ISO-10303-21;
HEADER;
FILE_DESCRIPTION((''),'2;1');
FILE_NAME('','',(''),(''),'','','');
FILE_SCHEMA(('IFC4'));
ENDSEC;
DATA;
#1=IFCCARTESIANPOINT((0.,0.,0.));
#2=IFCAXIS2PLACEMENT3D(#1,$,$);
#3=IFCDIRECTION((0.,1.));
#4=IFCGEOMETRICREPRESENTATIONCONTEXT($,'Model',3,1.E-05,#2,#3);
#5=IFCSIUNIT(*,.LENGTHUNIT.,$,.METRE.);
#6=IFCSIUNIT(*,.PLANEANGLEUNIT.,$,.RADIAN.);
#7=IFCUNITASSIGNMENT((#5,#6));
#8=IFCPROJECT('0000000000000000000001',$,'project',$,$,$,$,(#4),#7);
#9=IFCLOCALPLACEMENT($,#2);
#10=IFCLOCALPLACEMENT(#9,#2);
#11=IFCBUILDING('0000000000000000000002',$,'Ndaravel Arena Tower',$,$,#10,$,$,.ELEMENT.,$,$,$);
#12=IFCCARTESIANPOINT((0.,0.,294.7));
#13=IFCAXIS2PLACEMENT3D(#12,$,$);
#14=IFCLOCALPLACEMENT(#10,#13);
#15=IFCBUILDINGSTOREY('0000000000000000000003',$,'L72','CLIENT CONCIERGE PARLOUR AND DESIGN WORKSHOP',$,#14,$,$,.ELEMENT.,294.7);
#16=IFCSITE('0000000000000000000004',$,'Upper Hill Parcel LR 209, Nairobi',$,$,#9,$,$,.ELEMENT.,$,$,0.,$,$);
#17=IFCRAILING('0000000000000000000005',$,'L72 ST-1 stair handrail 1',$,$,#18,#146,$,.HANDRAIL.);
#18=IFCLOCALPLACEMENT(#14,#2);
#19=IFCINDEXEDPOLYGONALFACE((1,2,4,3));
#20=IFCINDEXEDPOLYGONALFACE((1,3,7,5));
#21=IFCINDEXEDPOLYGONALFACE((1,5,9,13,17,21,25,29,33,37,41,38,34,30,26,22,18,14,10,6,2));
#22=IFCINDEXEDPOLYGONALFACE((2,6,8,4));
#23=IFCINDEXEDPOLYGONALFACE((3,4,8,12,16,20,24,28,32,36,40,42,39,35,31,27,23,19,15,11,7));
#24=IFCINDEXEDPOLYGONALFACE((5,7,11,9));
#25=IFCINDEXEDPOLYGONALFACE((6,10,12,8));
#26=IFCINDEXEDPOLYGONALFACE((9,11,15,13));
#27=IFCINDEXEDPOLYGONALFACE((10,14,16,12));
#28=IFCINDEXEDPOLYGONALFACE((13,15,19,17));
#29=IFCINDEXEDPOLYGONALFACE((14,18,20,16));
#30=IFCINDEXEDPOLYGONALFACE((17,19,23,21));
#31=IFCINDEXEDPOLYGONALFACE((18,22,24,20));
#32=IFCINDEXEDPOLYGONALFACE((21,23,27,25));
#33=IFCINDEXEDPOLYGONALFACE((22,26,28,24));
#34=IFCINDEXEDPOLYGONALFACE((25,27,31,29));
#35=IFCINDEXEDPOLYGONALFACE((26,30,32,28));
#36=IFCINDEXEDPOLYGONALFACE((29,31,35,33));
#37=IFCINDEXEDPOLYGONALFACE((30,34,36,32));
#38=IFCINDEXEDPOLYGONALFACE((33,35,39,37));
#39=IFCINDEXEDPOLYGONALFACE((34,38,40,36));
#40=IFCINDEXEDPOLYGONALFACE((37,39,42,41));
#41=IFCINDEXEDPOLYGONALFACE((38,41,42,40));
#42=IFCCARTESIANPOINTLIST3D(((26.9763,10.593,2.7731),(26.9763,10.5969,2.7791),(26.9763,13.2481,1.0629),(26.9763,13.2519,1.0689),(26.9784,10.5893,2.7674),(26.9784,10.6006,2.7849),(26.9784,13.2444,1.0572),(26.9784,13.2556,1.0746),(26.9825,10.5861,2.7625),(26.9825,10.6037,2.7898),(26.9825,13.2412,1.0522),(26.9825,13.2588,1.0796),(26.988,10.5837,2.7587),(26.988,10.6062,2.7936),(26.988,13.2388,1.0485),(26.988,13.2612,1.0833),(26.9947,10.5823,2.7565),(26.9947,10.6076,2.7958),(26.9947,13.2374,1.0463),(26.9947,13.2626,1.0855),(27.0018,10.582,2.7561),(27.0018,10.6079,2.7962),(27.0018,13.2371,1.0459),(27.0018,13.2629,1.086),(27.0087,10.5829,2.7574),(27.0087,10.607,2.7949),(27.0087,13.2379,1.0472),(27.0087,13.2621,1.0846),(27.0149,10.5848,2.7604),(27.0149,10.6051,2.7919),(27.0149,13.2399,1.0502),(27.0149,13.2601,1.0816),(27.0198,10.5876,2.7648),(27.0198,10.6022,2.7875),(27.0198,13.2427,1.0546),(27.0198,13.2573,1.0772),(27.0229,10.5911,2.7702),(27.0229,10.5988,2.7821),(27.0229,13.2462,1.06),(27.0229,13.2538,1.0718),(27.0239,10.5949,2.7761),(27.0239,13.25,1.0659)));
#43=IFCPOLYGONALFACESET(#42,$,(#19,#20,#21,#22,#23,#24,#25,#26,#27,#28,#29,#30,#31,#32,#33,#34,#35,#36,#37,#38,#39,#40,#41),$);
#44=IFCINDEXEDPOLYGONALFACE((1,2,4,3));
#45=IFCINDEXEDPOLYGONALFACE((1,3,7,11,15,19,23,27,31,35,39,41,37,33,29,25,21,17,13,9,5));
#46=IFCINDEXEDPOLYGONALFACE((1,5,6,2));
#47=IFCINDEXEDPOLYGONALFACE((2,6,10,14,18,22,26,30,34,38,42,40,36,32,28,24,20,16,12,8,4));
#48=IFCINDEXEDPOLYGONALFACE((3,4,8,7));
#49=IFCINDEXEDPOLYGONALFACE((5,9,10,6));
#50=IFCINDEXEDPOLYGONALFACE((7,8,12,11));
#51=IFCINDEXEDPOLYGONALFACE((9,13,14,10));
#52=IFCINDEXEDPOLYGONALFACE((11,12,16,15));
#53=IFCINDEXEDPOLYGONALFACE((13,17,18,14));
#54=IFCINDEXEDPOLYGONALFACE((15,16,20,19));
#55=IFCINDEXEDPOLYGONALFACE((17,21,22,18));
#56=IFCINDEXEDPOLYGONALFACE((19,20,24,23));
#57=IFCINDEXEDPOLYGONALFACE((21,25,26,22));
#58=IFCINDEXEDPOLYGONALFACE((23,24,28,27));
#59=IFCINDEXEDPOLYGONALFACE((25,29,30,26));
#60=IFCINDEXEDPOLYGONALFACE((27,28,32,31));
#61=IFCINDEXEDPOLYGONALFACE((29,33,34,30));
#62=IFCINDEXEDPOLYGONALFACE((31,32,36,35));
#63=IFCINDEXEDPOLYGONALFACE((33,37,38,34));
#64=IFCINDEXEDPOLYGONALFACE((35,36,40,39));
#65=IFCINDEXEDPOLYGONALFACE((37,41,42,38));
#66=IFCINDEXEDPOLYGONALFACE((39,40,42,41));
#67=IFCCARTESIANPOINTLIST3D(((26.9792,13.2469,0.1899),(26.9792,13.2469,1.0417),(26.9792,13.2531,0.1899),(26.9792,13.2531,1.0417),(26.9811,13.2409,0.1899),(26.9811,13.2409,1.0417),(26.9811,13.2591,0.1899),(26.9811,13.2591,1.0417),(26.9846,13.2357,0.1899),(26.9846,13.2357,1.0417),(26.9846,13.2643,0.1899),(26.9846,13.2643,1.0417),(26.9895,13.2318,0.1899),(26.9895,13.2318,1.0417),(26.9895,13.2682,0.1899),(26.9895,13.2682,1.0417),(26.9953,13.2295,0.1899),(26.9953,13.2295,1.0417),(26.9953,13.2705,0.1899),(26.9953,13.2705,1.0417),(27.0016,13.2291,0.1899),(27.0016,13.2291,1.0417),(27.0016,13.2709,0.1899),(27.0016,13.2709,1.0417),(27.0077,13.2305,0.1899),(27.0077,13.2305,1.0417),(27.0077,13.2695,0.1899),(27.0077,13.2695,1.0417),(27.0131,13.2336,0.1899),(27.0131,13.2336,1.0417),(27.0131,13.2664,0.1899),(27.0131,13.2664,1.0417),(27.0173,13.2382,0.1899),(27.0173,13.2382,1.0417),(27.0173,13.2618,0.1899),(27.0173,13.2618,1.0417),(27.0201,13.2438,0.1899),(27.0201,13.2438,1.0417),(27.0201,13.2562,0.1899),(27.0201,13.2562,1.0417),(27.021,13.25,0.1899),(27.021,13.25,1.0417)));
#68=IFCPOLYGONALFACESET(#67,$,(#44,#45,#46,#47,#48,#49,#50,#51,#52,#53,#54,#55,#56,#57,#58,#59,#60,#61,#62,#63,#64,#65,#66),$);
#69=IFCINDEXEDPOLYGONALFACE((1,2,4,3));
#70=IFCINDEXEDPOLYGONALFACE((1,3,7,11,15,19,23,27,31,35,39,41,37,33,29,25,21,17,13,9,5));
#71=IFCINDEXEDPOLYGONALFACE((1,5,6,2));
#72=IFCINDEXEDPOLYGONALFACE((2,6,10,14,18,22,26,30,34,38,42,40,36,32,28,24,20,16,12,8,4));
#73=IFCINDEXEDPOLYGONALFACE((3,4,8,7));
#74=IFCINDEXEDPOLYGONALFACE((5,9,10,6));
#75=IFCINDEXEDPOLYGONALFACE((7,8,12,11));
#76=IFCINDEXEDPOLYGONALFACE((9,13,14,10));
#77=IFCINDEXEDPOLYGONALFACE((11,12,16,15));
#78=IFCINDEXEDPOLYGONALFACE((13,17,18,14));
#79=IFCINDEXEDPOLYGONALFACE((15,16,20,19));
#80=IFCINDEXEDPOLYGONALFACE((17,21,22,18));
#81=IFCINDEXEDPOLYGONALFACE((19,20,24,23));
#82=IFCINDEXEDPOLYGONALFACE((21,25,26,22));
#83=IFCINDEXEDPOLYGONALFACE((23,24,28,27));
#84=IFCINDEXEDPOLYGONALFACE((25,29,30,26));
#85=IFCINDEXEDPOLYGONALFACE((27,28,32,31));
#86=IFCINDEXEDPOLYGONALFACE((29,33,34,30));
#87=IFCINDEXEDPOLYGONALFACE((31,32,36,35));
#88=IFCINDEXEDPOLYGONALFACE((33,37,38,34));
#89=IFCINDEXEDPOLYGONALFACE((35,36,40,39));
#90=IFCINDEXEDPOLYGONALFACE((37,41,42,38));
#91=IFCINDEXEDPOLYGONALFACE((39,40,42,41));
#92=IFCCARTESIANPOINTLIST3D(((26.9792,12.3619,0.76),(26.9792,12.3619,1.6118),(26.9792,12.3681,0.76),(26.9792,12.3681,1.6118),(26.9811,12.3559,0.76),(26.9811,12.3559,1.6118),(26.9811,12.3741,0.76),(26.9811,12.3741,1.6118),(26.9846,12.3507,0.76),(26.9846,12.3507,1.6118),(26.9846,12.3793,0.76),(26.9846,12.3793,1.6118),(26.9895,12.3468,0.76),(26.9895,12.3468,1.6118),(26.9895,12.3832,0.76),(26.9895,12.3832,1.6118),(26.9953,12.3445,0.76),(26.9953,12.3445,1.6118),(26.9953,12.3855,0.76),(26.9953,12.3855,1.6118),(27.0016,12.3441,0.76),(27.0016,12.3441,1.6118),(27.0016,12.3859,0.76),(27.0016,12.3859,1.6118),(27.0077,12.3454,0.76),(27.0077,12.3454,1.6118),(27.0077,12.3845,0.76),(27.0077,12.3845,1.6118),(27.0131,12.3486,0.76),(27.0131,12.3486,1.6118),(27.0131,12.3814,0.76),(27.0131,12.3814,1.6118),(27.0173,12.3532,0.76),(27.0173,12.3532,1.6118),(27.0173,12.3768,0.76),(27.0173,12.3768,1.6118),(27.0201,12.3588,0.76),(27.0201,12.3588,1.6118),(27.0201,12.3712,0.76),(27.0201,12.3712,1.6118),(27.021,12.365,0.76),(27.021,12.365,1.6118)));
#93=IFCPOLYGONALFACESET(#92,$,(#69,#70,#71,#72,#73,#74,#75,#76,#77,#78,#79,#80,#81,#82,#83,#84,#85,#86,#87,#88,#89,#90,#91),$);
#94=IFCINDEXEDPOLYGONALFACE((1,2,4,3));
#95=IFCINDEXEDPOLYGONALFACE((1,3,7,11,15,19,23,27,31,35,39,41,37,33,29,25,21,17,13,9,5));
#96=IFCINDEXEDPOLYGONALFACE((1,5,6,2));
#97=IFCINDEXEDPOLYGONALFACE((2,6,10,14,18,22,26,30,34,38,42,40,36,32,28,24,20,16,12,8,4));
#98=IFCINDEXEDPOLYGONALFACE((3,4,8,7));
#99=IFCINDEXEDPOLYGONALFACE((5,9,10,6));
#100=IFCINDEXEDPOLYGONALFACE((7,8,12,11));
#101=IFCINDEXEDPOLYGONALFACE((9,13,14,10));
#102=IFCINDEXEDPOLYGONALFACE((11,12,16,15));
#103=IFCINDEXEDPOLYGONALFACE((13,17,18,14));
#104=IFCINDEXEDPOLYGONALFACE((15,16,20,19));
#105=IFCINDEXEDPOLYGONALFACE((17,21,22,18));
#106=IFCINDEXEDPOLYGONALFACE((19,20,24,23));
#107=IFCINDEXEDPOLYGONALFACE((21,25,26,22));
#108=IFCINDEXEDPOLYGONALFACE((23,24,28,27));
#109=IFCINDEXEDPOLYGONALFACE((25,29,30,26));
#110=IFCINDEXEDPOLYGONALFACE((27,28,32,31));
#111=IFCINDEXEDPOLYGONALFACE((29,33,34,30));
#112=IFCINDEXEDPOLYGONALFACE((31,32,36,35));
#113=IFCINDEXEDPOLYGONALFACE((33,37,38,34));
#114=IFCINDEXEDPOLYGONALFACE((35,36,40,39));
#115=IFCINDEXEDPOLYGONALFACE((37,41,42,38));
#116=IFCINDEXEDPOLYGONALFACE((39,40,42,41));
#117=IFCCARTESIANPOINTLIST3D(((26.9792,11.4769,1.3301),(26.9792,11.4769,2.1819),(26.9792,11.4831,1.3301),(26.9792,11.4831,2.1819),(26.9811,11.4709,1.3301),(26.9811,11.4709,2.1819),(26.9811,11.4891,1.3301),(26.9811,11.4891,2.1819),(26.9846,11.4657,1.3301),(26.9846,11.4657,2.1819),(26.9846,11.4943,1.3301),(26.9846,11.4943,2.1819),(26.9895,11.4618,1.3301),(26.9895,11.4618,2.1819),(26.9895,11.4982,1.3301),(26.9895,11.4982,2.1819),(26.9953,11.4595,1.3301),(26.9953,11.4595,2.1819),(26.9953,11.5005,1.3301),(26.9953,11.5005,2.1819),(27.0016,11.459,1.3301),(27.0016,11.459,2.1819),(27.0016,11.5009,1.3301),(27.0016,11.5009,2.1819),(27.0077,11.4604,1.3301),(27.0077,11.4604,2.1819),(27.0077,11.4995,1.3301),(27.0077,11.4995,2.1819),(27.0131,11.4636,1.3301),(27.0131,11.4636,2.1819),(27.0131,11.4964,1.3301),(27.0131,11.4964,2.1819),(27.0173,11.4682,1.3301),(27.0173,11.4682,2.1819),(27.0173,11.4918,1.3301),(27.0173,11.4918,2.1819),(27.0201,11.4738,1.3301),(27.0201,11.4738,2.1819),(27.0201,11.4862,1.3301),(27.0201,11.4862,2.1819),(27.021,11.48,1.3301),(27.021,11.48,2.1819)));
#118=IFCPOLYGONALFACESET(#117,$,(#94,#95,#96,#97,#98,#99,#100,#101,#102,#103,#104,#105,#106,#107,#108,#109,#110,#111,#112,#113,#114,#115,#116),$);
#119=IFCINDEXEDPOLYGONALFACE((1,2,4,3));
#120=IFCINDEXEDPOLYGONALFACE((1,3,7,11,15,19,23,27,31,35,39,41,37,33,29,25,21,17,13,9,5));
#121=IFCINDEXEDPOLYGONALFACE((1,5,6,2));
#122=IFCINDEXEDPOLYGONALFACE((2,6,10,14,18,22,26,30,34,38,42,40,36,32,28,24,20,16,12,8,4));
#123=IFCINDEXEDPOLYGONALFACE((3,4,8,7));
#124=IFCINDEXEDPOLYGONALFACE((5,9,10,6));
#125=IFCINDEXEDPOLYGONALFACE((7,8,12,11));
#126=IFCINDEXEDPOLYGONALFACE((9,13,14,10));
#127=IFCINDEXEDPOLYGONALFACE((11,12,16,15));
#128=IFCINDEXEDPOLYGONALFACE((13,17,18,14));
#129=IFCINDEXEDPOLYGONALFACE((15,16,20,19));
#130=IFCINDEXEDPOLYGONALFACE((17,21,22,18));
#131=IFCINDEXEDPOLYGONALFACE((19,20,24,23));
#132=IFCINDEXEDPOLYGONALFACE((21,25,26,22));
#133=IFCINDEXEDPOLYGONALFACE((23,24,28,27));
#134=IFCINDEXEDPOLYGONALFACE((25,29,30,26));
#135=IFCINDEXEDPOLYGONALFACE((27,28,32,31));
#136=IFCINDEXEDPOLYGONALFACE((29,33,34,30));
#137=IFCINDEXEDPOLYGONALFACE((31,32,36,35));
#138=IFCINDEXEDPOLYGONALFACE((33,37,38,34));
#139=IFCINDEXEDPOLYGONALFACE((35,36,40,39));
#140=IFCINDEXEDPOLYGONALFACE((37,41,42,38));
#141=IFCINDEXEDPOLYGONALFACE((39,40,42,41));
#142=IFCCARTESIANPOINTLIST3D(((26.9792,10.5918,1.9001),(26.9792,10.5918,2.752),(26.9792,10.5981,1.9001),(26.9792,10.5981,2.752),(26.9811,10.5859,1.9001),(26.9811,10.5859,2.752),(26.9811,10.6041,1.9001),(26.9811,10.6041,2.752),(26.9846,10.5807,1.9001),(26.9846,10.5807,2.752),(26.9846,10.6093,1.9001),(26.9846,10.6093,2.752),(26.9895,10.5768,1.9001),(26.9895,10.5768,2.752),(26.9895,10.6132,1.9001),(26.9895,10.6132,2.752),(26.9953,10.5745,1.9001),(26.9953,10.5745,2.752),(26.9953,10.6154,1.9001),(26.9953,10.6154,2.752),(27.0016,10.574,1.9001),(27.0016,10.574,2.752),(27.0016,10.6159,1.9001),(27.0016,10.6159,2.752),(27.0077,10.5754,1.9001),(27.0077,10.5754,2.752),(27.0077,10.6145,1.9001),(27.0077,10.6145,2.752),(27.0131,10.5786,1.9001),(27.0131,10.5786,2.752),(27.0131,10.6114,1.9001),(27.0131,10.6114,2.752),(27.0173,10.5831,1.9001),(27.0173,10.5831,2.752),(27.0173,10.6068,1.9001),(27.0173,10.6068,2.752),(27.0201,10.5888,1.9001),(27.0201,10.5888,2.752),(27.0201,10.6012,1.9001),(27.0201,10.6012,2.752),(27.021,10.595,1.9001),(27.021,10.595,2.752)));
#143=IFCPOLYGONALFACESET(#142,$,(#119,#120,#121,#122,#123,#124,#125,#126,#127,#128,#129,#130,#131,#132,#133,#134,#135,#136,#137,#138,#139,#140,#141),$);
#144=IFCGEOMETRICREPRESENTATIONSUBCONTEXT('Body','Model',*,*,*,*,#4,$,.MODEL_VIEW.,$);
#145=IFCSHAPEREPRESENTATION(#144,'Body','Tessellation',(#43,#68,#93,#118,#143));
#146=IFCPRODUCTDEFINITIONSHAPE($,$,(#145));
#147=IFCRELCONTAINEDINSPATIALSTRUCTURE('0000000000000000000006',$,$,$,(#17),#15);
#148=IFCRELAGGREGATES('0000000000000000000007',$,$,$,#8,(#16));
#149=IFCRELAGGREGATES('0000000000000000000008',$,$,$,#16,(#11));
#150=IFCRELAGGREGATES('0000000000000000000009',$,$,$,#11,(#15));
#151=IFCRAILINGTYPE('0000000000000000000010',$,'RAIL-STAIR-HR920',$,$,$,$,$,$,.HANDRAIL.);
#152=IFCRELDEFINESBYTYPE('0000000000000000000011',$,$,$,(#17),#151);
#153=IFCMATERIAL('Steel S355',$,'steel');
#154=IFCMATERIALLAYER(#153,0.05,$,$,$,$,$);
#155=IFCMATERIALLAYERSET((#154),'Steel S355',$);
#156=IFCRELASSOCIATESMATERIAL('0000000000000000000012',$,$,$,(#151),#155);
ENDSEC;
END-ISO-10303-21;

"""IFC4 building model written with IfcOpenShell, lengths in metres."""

from ifc_helpers import new_model, si_unit, direction, frame, origin, origin_2d, place, context, subcontext, project, spatial, circle, extrude, material, layer, layer_set, type_object, element, save


model = new_model("IFC4")

# Units and contexts
model_context = context("Model", 3, precision=1e-05, world=origin(), true_north=direction((0.0, 1.0)))
body_context = subcontext(model_context, "Body", "Model", "MODEL_VIEW")
ifc_project = project(units=[si_unit("LENGTHUNIT", "METRE"), si_unit("PLANEANGLEUNIT", "RADIAN")], contexts=[model_context])

# Site, building, storey
site_placement = place(None, origin())
site = spatial("IfcSite", under=ifc_project, at=site_placement, Name="Upper Hill Parcel LR 209, Nairobi", CompositionType="ELEMENT", RefElevation=0.0)
building_placement = place(site_placement, origin())
building = spatial("IfcBuilding", under=site, at=building_placement, Name="Ndaravel Arena Tower", CompositionType="ELEMENT")
storey_placement = place(building_placement, frame((0.0, 0.0, 294.7)))
storey = spatial("IfcBuildingStorey", under=building, at=storey_placement, Name="L72", Description="CLIENT CONCIERGE PARLOUR AND DESIGN WORKSHOP", CompositionType="ELEMENT", Elevation=294.7)

# Railing
ifc_material_1 = material(Name="Steel S355", Category="steel")
ifc_layer_1 = layer(ifc_material_1, 0.05)
ifc_layer_set_1 = layer_set([ifc_layer_1], Name="Steel S355")
railing_type_1 = type_object("IfcRailingType", Name="RAIL-STAIR-HR920", PredefinedType="HANDRAIL", material=ifc_layer_set_1)
railing_1_placement = place(storey_placement, frame((27.0, 13.25, 0.1899)))
element("IfcRailing", 1, at=railing_1_placement, inside=storey, type_object=railing_type_1, Name="L72 ST-1 stair handrail 1", PredefinedType="HANDRAIL", context=body_context, shape_type="SweptSolid", body=[
    extrude(circle(Radius=0.0239, at=origin_2d()), frame((0.0, 0.0, 0.876), z_axis=(0.0, -0.840688, 0.541519), x_axis=(1.0, 0.0, 0.0)), (0.0, 0.0, 1.0), 3.1582),
    extrude(circle(Radius=0.021, at=origin_2d()), origin(), (0.0, 0.0, 1.0), 0.8518),
    extrude(circle(Radius=0.021, at=origin_2d()), frame((0.0, -0.885, 0.5701)), (0.0, 0.0, 1.0), 0.8518),
    extrude(circle(Radius=0.021, at=origin_2d()), frame((0.0, -1.77, 1.1401)), (0.0, 0.0, 1.0), 0.8518),
    extrude(circle(Radius=0.021, at=origin_2d()), frame((0.0, -2.655, 1.7102)), (0.0, 0.0, 1.0), 0.8518),
])

save(model, "model.ifc")
